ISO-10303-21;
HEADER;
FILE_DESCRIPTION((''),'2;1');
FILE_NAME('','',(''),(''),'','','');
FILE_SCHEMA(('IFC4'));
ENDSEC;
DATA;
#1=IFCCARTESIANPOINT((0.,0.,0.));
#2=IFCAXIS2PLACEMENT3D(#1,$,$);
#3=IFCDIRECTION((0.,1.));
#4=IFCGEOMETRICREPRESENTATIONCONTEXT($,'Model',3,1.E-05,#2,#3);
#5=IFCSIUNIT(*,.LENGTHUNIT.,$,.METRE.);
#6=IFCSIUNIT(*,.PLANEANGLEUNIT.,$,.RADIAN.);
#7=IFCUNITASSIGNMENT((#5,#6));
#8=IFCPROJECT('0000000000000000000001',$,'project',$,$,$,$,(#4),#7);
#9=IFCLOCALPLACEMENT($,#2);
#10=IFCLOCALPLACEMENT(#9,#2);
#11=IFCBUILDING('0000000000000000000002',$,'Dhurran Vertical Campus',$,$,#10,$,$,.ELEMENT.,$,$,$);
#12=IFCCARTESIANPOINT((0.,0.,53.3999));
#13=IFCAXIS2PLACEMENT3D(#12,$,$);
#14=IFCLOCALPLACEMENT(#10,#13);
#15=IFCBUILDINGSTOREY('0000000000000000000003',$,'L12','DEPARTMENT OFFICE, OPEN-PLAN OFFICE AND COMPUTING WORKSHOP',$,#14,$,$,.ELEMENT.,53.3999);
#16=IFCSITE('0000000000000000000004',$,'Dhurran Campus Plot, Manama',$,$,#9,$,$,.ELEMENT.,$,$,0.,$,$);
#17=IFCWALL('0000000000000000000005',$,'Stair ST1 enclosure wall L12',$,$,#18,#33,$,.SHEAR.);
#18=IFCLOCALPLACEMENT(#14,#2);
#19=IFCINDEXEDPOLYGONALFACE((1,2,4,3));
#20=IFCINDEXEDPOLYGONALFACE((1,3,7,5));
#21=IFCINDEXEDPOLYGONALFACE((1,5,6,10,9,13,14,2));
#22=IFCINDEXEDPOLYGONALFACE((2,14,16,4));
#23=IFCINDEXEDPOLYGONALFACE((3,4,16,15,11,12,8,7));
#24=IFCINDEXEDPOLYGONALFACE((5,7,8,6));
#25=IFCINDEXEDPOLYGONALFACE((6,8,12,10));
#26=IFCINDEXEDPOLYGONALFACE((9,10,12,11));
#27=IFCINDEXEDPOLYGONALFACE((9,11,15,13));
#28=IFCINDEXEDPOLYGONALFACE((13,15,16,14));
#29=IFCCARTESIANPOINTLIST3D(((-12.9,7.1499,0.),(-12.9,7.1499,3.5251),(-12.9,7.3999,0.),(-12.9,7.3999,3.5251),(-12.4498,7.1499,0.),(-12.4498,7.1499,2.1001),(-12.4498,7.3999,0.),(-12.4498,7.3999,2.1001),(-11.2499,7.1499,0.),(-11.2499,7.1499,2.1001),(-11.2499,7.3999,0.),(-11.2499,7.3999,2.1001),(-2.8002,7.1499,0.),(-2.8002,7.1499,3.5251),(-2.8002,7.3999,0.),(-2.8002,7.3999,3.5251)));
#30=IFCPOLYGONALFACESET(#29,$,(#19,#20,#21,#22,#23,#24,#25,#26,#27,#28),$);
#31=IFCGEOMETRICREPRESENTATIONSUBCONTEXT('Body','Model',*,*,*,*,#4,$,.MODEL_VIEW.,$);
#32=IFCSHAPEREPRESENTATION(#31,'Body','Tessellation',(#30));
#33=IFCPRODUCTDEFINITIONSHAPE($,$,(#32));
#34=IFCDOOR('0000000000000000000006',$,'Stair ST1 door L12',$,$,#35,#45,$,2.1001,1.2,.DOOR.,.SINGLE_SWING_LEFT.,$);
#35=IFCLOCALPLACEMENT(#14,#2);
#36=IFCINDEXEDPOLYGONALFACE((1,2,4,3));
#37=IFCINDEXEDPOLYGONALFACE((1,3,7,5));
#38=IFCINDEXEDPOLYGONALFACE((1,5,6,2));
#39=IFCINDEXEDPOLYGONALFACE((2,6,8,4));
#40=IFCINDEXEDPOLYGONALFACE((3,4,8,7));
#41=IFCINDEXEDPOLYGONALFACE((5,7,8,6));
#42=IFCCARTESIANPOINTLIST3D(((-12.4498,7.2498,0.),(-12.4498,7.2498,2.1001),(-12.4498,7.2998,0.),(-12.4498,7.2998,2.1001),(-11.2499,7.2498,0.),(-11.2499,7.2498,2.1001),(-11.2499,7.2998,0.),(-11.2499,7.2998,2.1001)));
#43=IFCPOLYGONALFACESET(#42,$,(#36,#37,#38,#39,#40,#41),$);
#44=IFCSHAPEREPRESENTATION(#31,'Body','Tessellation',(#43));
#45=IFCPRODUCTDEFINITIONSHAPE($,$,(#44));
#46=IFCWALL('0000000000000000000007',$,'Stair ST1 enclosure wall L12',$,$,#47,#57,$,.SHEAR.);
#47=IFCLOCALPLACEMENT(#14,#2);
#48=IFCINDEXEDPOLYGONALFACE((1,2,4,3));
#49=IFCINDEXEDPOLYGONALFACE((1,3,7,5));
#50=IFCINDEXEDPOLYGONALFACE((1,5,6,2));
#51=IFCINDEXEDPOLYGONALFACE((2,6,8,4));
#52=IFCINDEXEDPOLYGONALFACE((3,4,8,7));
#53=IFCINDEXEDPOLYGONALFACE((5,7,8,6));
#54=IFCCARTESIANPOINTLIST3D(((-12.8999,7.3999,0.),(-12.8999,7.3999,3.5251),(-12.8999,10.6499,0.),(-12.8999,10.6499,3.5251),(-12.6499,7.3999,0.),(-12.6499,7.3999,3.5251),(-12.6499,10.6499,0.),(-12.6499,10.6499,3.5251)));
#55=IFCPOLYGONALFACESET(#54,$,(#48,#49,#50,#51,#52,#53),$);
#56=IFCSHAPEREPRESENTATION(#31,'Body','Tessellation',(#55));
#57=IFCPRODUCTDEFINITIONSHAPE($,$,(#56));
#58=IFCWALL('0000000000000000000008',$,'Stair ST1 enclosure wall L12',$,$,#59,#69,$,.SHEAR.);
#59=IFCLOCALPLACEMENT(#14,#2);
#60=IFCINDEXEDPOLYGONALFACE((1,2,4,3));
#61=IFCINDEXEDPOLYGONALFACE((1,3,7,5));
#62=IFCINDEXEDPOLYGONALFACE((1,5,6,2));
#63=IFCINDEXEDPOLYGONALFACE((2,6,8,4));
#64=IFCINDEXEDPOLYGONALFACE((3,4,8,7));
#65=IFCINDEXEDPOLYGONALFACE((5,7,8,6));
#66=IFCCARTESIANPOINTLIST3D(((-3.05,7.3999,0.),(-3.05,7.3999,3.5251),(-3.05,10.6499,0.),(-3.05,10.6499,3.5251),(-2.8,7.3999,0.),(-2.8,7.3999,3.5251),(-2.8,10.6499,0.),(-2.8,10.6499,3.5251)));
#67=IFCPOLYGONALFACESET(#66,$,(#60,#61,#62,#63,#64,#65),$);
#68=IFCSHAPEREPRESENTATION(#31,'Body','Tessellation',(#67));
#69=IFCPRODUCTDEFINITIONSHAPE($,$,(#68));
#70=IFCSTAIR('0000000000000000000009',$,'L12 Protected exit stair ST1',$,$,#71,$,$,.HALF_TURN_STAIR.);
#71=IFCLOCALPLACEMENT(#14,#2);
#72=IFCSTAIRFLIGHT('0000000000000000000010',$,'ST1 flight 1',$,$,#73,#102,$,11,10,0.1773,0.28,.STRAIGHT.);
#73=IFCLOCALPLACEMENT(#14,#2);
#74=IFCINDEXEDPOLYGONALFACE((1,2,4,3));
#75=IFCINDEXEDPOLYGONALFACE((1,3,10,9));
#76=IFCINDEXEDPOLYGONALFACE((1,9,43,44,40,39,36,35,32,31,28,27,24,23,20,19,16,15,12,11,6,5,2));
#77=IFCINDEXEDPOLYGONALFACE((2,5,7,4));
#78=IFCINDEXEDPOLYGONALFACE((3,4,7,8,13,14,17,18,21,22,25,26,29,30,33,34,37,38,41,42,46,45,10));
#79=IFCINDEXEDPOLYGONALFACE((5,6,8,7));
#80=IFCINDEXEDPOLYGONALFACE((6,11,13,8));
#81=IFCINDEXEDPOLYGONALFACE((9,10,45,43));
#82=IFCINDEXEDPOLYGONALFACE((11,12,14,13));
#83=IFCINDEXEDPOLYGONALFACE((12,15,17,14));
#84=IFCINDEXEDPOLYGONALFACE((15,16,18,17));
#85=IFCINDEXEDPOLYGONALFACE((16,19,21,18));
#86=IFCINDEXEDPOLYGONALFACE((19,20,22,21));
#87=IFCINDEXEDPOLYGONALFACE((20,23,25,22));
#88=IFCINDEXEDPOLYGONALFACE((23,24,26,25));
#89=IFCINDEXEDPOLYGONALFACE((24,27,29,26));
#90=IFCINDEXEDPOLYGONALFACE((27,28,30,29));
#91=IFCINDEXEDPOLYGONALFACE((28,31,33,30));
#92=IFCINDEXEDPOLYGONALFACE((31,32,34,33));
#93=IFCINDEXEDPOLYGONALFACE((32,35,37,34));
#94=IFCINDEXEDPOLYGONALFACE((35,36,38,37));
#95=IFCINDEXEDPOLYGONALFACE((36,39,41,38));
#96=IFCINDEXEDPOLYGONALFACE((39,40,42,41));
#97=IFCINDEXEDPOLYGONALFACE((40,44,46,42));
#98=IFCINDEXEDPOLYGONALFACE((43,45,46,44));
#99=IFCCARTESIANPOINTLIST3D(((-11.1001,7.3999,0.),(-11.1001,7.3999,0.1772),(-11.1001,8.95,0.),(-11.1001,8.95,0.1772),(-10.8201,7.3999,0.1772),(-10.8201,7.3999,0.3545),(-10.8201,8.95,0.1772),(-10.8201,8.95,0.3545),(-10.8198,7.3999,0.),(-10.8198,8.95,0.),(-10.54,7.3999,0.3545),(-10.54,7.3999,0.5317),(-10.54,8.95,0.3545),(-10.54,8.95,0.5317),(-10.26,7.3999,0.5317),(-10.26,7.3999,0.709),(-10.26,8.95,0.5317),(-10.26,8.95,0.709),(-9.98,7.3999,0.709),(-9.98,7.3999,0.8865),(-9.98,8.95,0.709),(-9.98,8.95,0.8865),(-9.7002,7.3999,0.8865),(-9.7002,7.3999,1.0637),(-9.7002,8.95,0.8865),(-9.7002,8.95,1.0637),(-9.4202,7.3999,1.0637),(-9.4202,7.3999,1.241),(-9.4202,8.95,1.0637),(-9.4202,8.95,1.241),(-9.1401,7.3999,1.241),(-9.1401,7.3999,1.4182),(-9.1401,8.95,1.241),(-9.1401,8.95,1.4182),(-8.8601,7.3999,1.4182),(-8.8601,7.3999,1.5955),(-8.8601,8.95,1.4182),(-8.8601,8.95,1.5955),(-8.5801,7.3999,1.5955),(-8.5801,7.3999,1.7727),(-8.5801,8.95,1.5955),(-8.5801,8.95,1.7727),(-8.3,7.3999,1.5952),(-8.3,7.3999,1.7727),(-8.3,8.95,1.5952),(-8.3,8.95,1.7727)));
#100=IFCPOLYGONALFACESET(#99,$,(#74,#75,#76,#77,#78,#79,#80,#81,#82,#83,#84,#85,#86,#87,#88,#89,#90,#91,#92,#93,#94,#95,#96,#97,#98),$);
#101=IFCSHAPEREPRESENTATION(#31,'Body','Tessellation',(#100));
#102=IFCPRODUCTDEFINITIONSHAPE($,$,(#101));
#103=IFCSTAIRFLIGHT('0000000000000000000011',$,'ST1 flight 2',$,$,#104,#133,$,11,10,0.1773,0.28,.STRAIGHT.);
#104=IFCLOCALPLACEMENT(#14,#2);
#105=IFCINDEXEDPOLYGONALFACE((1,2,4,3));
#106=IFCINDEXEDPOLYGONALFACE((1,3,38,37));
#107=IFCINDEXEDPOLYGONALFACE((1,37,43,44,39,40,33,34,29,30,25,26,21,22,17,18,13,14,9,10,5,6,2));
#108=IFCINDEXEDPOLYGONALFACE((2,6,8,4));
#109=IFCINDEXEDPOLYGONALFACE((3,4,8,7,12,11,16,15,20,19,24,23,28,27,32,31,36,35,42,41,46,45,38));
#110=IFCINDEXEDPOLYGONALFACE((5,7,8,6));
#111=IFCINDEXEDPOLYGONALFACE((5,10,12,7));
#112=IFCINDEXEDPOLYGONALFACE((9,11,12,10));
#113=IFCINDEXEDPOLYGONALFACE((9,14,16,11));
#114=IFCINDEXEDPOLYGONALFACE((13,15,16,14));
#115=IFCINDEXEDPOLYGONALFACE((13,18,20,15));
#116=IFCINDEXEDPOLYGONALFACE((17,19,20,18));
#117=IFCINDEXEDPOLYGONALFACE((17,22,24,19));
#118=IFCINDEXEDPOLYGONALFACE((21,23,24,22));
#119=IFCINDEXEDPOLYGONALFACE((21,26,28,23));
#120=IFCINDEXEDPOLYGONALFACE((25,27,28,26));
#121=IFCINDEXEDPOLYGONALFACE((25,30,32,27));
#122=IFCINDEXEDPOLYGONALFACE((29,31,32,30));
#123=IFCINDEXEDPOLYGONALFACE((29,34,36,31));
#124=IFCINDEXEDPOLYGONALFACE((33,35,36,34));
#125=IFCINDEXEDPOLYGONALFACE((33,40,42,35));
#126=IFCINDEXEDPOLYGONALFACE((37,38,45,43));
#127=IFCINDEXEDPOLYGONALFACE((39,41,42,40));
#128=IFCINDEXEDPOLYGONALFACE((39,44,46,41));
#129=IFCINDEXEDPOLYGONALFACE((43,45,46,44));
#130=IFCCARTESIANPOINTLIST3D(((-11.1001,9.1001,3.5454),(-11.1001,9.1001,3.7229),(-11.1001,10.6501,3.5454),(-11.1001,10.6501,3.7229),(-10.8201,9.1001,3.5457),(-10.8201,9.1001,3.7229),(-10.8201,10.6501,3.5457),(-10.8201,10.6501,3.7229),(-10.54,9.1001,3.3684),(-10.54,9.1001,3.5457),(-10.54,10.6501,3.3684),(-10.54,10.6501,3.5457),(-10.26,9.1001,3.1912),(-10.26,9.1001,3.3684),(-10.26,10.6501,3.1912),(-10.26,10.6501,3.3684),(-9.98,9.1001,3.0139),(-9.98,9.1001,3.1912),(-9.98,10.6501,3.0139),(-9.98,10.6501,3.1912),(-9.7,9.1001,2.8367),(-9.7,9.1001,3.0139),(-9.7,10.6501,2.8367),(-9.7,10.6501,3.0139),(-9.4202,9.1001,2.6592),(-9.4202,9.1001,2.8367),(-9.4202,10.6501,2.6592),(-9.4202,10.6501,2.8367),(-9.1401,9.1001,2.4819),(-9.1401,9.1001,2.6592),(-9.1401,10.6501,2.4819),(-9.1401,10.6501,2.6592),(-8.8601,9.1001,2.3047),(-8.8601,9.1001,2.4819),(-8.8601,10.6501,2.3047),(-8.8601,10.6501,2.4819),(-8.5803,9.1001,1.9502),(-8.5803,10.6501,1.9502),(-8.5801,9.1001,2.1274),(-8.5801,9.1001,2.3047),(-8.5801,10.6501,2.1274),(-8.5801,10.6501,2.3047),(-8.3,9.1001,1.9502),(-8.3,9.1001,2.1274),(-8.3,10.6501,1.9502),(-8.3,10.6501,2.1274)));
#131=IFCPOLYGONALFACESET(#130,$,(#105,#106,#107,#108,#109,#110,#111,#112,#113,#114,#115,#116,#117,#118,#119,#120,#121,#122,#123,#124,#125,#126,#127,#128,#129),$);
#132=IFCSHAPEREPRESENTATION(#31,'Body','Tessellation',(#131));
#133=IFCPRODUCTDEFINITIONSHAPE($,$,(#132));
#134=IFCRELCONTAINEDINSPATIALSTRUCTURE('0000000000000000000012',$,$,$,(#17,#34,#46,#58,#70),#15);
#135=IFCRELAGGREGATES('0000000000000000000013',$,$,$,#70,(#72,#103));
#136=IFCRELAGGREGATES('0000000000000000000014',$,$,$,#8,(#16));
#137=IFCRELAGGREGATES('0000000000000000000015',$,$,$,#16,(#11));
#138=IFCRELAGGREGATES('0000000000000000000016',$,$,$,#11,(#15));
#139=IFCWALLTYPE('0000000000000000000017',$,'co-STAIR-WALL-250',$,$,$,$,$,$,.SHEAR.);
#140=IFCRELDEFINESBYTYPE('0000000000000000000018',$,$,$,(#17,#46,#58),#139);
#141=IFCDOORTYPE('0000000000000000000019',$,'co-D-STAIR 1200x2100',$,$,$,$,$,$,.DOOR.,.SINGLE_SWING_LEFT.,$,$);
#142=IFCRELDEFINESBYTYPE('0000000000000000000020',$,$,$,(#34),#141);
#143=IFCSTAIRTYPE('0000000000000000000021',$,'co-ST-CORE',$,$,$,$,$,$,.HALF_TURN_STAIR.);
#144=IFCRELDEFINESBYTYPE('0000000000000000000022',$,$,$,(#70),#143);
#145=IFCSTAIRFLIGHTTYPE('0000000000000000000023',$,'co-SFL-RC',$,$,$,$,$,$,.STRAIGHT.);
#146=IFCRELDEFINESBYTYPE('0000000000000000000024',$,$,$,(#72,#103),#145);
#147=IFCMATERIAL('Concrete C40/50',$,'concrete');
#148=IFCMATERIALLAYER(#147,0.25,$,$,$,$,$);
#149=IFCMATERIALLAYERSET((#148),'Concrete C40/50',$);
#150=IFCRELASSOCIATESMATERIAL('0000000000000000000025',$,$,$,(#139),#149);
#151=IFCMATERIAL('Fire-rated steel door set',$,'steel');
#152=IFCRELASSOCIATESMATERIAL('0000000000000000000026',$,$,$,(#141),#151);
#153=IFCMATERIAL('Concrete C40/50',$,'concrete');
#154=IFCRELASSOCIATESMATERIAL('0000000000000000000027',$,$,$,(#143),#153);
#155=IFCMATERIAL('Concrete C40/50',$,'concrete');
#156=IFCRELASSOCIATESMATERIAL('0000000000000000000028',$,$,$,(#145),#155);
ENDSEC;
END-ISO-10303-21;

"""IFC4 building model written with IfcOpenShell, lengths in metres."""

from ifc_helpers import new_model, si_unit, direction, frame, frame_2d, origin, place, context, subcontext, project, spatial, polyline, rectangle, outline, extrude, material, layer, layer_set, type_object, element, fill, aggregate, save


model = new_model("IFC4")

# Units and contexts
model_context = context("Model", 3, precision=1e-05, world=origin(), true_north=direction((0.0, 1.0)))
body_context = subcontext(model_context, "Body", "Model", "MODEL_VIEW")
ifc_project = project(units=[si_unit("LENGTHUNIT", "METRE"), si_unit("PLANEANGLEUNIT", "RADIAN")], contexts=[model_context])

# Site, building, storey
site_placement = place(None, origin())
site = spatial("IfcSite", under=ifc_project, at=site_placement, Name="Dhurran Campus Plot, Manama", CompositionType="ELEMENT", RefElevation=0.0)
building_placement = place(site_placement, origin())
building = spatial("IfcBuilding", under=site, at=building_placement, Name="Dhurran Vertical Campus", CompositionType="ELEMENT")
storey_placement = place(building_placement, frame((0.0, 0.0, 53.3999)))
storey = spatial("IfcBuildingStorey", under=building, at=storey_placement, Name="L12", Description="DEPARTMENT OFFICE, OPEN-PLAN OFFICE AND COMPUTING WORKSHOP", CompositionType="ELEMENT", Elevation=53.3999)

# Wall, opening, door
ifc_material_1 = material(Name="Concrete C40/50", Category="concrete")
ifc_layer_1 = layer(ifc_material_1, 0.25)
ifc_layer_set_1 = layer_set([ifc_layer_1], Name="Concrete C40/50")
wall_type_1 = type_object("IfcWallType", Name="co-STAIR-WALL-250", PredefinedType="SHEAR", material=ifc_layer_set_1)
wall_1_placement = place(storey_placement, frame((-12.8999, 7.2749, 0.0), z_axis=(0.0, 0.0, 1.0), x_axis=(1.0, 0.0, 0.0)))
wall_1 = element("IfcWall", 1, at=wall_1_placement, inside=storey, type_object=wall_type_1, Name="Stair ST1 enclosure wall L12", PredefinedType="SHEAR", context=body_context, shape_type="SweptSolid", body=[
    extrude(rectangle(XDim=10.0999, YDim=0.25, at=frame_2d((5.0498, 0.0))), origin(), (0.0, 0.0, 1.0), 3.5251),
])
opening_1_placement = place(wall_1_placement, frame((0.45, 0.0, 0.0)))
opening_1 = element("IfcOpeningElement", 2, at=opening_1_placement, cuts=wall_1, PredefinedType="OPENING", context=body_context, shape_type="SweptSolid", body=[
    extrude(rectangle(XDim=1.2, YDim=2.1001, at=frame_2d((0.6001, 1.05))), frame((0.0, 0.135, 0.0), z_axis=(0.0, -1.0, 0.0), x_axis=(1.0, 0.0, 0.0)), (0.0, 0.0, 1.0), 0.27),
])
ifc_material_2 = material(Name="Fire-rated steel door set", Category="steel")
door_type_1 = type_object("IfcDoorType", Name="co-D-STAIR 1200x2100", OperationType="SINGLE_SWING_LEFT", PredefinedType="DOOR", material=ifc_material_2)
door_1_placement = place(opening_1_placement, origin())
door_1 = element("IfcDoor", 3, at=door_1_placement, inside=storey, type_object=door_type_1, Name="Stair ST1 door L12", OperationType="SINGLE_SWING_LEFT", OverallHeight=2.1001, OverallWidth=1.2, PredefinedType="DOOR", context=body_context, shape_type="SweptSolid", body=[
    extrude(rectangle(XDim=1.2, YDim=2.1001, at=frame_2d((0.6001, 1.05))), frame((0.0, 0.0249, 0.0), z_axis=(0.0, -1.0, 0.0), x_axis=(1.0, 0.0, 0.0)), (0.0, 0.0, 1.0), 0.05),
])
fill(opening_1, door_1)

# Walls
for number, where, z_axis, x_axis, name in (
    (4, (-12.7749, 7.3999, 0.0), (0.0, 0.0, 1.0), (0.0, 1.0, 0.0), "Stair ST1 enclosure wall L12"),
    (5, (-2.925, 7.3999, 0.0), (0.0, 0.0, 1.0), (0.0, 1.0, 0.0), "Stair ST1 enclosure wall L12"),
):
    element("IfcWall", number, at=place(storey_placement, frame(where, z_axis=z_axis, x_axis=x_axis)), inside=storey, type_object=wall_type_1, Name=name, PredefinedType="SHEAR", context=body_context, shape_type="SweptSolid", body=[
        extrude(rectangle(XDim=3.25, YDim=0.25, at=frame_2d((1.625, 0.0))), origin(), (0.0, 0.0, 1.0), 3.5251),
    ])

# Stair, stair flights
ifc_material_3 = material(Name="Concrete C40/50", Category="concrete")
stair_type = type_object("IfcStairType", Name="co-ST-CORE", PredefinedType="HALF_TURN_STAIR", material=ifc_material_3)
stair_placement = place(storey_placement, origin())
stair = element("IfcStair", 6, at=stair_placement, inside=storey, type_object=stair_type, Name="L12 Protected exit stair ST1", PredefinedType="HALF_TURN_STAIR")
ifc_material_4 = material(Name="Concrete C40/50", Category="concrete")
stair_flight_type = type_object("IfcStairFlightType", Name="co-SFL-RC", PredefinedType="STRAIGHT", material=ifc_material_4)
stair_flight_1_placement = place(storey_placement, frame((-11.1001, 8.175, 0.0), z_axis=(0.0, 0.0, 1.0), x_axis=(1.0, 0.0, 0.0)))
stair_flight_1 = element("IfcStairFlight", 7, at=stair_flight_1_placement, type_object=stair_flight_type, Name="ST1 flight 1", NumberOfRisers=11, NumberOfTreads=10, PredefinedType="STRAIGHT", RiserHeight=0.1773, TreadLength=0.28, context=body_context, shape_type="SweptSolid", body=[
    extrude(outline(polyline([(0.0, 0.0), (0.0, 0.1772), (0.28, 0.1772), (0.28, 0.3545), (0.5601, 0.3545), (0.5601, 0.5317), (0.8401, 0.5317), (0.8401, 0.709), (1.1201, 0.709), (1.1201, 0.8865), (1.3999, 0.8865), (1.3999, 1.0637), (1.6799, 1.0637), (1.6799, 1.241), (1.96, 1.241), (1.96, 1.4182), (2.24, 1.4182), (2.24, 1.5955), (2.52, 1.5955), (2.52, 1.7727), (2.8, 1.7727), (2.8, 1.95), (2.8, 1.5952), (0.2803, 0.0), (0.0, 0.0)])), frame((0.0, 0.7749, 0.0), z_axis=(0.0, -1.0, 0.0), x_axis=(1.0, 0.0, 0.0)), (0.0, 0.0, 1.0), 1.55),
])
stair_flight_2_placement = place(storey_placement, frame((-8.3, 9.875, 1.9502), z_axis=(0.0, 0.0, 1.0), x_axis=(-1.0, 0.0, 0.0)))
stair_flight_2 = element("IfcStairFlight", 8, at=stair_flight_2_placement, type_object=stair_flight_type, Name="ST1 flight 2", NumberOfRisers=11, NumberOfTreads=10, PredefinedType="STRAIGHT", RiserHeight=0.1773, TreadLength=0.28, context=body_context, shape_type="SweptSolid", body=[
    extrude(outline(polyline([(0.0, 0.0), (0.0, 0.1772), (0.28, 0.1772), (0.28, 0.3545), (0.5601, 0.3545), (0.5601, 0.5317), (0.8401, 0.5317), (0.8401, 0.709), (1.1201, 0.709), (1.1201, 0.8865), (1.3999, 0.8865), (1.3999, 1.0637), (1.6799, 1.0637), (1.6799, 1.241), (1.96, 1.241), (1.96, 1.4182), (2.24, 1.4182), (2.24, 1.5955), (2.52, 1.5955), (2.52, 1.7727), (2.8, 1.7727), (2.8, 1.95), (2.8, 1.5952), (0.2803, 0.0), (0.0, 0.0)])), frame((0.0, 0.7749, 0.0), z_axis=(0.0, -1.0, 0.0), x_axis=(1.0, 0.0, 0.0)), (0.0, 0.0, 1.0), 1.55),
])
aggregate(stair, [stair_flight_1, stair_flight_2])

save(model, "model.ifc")
